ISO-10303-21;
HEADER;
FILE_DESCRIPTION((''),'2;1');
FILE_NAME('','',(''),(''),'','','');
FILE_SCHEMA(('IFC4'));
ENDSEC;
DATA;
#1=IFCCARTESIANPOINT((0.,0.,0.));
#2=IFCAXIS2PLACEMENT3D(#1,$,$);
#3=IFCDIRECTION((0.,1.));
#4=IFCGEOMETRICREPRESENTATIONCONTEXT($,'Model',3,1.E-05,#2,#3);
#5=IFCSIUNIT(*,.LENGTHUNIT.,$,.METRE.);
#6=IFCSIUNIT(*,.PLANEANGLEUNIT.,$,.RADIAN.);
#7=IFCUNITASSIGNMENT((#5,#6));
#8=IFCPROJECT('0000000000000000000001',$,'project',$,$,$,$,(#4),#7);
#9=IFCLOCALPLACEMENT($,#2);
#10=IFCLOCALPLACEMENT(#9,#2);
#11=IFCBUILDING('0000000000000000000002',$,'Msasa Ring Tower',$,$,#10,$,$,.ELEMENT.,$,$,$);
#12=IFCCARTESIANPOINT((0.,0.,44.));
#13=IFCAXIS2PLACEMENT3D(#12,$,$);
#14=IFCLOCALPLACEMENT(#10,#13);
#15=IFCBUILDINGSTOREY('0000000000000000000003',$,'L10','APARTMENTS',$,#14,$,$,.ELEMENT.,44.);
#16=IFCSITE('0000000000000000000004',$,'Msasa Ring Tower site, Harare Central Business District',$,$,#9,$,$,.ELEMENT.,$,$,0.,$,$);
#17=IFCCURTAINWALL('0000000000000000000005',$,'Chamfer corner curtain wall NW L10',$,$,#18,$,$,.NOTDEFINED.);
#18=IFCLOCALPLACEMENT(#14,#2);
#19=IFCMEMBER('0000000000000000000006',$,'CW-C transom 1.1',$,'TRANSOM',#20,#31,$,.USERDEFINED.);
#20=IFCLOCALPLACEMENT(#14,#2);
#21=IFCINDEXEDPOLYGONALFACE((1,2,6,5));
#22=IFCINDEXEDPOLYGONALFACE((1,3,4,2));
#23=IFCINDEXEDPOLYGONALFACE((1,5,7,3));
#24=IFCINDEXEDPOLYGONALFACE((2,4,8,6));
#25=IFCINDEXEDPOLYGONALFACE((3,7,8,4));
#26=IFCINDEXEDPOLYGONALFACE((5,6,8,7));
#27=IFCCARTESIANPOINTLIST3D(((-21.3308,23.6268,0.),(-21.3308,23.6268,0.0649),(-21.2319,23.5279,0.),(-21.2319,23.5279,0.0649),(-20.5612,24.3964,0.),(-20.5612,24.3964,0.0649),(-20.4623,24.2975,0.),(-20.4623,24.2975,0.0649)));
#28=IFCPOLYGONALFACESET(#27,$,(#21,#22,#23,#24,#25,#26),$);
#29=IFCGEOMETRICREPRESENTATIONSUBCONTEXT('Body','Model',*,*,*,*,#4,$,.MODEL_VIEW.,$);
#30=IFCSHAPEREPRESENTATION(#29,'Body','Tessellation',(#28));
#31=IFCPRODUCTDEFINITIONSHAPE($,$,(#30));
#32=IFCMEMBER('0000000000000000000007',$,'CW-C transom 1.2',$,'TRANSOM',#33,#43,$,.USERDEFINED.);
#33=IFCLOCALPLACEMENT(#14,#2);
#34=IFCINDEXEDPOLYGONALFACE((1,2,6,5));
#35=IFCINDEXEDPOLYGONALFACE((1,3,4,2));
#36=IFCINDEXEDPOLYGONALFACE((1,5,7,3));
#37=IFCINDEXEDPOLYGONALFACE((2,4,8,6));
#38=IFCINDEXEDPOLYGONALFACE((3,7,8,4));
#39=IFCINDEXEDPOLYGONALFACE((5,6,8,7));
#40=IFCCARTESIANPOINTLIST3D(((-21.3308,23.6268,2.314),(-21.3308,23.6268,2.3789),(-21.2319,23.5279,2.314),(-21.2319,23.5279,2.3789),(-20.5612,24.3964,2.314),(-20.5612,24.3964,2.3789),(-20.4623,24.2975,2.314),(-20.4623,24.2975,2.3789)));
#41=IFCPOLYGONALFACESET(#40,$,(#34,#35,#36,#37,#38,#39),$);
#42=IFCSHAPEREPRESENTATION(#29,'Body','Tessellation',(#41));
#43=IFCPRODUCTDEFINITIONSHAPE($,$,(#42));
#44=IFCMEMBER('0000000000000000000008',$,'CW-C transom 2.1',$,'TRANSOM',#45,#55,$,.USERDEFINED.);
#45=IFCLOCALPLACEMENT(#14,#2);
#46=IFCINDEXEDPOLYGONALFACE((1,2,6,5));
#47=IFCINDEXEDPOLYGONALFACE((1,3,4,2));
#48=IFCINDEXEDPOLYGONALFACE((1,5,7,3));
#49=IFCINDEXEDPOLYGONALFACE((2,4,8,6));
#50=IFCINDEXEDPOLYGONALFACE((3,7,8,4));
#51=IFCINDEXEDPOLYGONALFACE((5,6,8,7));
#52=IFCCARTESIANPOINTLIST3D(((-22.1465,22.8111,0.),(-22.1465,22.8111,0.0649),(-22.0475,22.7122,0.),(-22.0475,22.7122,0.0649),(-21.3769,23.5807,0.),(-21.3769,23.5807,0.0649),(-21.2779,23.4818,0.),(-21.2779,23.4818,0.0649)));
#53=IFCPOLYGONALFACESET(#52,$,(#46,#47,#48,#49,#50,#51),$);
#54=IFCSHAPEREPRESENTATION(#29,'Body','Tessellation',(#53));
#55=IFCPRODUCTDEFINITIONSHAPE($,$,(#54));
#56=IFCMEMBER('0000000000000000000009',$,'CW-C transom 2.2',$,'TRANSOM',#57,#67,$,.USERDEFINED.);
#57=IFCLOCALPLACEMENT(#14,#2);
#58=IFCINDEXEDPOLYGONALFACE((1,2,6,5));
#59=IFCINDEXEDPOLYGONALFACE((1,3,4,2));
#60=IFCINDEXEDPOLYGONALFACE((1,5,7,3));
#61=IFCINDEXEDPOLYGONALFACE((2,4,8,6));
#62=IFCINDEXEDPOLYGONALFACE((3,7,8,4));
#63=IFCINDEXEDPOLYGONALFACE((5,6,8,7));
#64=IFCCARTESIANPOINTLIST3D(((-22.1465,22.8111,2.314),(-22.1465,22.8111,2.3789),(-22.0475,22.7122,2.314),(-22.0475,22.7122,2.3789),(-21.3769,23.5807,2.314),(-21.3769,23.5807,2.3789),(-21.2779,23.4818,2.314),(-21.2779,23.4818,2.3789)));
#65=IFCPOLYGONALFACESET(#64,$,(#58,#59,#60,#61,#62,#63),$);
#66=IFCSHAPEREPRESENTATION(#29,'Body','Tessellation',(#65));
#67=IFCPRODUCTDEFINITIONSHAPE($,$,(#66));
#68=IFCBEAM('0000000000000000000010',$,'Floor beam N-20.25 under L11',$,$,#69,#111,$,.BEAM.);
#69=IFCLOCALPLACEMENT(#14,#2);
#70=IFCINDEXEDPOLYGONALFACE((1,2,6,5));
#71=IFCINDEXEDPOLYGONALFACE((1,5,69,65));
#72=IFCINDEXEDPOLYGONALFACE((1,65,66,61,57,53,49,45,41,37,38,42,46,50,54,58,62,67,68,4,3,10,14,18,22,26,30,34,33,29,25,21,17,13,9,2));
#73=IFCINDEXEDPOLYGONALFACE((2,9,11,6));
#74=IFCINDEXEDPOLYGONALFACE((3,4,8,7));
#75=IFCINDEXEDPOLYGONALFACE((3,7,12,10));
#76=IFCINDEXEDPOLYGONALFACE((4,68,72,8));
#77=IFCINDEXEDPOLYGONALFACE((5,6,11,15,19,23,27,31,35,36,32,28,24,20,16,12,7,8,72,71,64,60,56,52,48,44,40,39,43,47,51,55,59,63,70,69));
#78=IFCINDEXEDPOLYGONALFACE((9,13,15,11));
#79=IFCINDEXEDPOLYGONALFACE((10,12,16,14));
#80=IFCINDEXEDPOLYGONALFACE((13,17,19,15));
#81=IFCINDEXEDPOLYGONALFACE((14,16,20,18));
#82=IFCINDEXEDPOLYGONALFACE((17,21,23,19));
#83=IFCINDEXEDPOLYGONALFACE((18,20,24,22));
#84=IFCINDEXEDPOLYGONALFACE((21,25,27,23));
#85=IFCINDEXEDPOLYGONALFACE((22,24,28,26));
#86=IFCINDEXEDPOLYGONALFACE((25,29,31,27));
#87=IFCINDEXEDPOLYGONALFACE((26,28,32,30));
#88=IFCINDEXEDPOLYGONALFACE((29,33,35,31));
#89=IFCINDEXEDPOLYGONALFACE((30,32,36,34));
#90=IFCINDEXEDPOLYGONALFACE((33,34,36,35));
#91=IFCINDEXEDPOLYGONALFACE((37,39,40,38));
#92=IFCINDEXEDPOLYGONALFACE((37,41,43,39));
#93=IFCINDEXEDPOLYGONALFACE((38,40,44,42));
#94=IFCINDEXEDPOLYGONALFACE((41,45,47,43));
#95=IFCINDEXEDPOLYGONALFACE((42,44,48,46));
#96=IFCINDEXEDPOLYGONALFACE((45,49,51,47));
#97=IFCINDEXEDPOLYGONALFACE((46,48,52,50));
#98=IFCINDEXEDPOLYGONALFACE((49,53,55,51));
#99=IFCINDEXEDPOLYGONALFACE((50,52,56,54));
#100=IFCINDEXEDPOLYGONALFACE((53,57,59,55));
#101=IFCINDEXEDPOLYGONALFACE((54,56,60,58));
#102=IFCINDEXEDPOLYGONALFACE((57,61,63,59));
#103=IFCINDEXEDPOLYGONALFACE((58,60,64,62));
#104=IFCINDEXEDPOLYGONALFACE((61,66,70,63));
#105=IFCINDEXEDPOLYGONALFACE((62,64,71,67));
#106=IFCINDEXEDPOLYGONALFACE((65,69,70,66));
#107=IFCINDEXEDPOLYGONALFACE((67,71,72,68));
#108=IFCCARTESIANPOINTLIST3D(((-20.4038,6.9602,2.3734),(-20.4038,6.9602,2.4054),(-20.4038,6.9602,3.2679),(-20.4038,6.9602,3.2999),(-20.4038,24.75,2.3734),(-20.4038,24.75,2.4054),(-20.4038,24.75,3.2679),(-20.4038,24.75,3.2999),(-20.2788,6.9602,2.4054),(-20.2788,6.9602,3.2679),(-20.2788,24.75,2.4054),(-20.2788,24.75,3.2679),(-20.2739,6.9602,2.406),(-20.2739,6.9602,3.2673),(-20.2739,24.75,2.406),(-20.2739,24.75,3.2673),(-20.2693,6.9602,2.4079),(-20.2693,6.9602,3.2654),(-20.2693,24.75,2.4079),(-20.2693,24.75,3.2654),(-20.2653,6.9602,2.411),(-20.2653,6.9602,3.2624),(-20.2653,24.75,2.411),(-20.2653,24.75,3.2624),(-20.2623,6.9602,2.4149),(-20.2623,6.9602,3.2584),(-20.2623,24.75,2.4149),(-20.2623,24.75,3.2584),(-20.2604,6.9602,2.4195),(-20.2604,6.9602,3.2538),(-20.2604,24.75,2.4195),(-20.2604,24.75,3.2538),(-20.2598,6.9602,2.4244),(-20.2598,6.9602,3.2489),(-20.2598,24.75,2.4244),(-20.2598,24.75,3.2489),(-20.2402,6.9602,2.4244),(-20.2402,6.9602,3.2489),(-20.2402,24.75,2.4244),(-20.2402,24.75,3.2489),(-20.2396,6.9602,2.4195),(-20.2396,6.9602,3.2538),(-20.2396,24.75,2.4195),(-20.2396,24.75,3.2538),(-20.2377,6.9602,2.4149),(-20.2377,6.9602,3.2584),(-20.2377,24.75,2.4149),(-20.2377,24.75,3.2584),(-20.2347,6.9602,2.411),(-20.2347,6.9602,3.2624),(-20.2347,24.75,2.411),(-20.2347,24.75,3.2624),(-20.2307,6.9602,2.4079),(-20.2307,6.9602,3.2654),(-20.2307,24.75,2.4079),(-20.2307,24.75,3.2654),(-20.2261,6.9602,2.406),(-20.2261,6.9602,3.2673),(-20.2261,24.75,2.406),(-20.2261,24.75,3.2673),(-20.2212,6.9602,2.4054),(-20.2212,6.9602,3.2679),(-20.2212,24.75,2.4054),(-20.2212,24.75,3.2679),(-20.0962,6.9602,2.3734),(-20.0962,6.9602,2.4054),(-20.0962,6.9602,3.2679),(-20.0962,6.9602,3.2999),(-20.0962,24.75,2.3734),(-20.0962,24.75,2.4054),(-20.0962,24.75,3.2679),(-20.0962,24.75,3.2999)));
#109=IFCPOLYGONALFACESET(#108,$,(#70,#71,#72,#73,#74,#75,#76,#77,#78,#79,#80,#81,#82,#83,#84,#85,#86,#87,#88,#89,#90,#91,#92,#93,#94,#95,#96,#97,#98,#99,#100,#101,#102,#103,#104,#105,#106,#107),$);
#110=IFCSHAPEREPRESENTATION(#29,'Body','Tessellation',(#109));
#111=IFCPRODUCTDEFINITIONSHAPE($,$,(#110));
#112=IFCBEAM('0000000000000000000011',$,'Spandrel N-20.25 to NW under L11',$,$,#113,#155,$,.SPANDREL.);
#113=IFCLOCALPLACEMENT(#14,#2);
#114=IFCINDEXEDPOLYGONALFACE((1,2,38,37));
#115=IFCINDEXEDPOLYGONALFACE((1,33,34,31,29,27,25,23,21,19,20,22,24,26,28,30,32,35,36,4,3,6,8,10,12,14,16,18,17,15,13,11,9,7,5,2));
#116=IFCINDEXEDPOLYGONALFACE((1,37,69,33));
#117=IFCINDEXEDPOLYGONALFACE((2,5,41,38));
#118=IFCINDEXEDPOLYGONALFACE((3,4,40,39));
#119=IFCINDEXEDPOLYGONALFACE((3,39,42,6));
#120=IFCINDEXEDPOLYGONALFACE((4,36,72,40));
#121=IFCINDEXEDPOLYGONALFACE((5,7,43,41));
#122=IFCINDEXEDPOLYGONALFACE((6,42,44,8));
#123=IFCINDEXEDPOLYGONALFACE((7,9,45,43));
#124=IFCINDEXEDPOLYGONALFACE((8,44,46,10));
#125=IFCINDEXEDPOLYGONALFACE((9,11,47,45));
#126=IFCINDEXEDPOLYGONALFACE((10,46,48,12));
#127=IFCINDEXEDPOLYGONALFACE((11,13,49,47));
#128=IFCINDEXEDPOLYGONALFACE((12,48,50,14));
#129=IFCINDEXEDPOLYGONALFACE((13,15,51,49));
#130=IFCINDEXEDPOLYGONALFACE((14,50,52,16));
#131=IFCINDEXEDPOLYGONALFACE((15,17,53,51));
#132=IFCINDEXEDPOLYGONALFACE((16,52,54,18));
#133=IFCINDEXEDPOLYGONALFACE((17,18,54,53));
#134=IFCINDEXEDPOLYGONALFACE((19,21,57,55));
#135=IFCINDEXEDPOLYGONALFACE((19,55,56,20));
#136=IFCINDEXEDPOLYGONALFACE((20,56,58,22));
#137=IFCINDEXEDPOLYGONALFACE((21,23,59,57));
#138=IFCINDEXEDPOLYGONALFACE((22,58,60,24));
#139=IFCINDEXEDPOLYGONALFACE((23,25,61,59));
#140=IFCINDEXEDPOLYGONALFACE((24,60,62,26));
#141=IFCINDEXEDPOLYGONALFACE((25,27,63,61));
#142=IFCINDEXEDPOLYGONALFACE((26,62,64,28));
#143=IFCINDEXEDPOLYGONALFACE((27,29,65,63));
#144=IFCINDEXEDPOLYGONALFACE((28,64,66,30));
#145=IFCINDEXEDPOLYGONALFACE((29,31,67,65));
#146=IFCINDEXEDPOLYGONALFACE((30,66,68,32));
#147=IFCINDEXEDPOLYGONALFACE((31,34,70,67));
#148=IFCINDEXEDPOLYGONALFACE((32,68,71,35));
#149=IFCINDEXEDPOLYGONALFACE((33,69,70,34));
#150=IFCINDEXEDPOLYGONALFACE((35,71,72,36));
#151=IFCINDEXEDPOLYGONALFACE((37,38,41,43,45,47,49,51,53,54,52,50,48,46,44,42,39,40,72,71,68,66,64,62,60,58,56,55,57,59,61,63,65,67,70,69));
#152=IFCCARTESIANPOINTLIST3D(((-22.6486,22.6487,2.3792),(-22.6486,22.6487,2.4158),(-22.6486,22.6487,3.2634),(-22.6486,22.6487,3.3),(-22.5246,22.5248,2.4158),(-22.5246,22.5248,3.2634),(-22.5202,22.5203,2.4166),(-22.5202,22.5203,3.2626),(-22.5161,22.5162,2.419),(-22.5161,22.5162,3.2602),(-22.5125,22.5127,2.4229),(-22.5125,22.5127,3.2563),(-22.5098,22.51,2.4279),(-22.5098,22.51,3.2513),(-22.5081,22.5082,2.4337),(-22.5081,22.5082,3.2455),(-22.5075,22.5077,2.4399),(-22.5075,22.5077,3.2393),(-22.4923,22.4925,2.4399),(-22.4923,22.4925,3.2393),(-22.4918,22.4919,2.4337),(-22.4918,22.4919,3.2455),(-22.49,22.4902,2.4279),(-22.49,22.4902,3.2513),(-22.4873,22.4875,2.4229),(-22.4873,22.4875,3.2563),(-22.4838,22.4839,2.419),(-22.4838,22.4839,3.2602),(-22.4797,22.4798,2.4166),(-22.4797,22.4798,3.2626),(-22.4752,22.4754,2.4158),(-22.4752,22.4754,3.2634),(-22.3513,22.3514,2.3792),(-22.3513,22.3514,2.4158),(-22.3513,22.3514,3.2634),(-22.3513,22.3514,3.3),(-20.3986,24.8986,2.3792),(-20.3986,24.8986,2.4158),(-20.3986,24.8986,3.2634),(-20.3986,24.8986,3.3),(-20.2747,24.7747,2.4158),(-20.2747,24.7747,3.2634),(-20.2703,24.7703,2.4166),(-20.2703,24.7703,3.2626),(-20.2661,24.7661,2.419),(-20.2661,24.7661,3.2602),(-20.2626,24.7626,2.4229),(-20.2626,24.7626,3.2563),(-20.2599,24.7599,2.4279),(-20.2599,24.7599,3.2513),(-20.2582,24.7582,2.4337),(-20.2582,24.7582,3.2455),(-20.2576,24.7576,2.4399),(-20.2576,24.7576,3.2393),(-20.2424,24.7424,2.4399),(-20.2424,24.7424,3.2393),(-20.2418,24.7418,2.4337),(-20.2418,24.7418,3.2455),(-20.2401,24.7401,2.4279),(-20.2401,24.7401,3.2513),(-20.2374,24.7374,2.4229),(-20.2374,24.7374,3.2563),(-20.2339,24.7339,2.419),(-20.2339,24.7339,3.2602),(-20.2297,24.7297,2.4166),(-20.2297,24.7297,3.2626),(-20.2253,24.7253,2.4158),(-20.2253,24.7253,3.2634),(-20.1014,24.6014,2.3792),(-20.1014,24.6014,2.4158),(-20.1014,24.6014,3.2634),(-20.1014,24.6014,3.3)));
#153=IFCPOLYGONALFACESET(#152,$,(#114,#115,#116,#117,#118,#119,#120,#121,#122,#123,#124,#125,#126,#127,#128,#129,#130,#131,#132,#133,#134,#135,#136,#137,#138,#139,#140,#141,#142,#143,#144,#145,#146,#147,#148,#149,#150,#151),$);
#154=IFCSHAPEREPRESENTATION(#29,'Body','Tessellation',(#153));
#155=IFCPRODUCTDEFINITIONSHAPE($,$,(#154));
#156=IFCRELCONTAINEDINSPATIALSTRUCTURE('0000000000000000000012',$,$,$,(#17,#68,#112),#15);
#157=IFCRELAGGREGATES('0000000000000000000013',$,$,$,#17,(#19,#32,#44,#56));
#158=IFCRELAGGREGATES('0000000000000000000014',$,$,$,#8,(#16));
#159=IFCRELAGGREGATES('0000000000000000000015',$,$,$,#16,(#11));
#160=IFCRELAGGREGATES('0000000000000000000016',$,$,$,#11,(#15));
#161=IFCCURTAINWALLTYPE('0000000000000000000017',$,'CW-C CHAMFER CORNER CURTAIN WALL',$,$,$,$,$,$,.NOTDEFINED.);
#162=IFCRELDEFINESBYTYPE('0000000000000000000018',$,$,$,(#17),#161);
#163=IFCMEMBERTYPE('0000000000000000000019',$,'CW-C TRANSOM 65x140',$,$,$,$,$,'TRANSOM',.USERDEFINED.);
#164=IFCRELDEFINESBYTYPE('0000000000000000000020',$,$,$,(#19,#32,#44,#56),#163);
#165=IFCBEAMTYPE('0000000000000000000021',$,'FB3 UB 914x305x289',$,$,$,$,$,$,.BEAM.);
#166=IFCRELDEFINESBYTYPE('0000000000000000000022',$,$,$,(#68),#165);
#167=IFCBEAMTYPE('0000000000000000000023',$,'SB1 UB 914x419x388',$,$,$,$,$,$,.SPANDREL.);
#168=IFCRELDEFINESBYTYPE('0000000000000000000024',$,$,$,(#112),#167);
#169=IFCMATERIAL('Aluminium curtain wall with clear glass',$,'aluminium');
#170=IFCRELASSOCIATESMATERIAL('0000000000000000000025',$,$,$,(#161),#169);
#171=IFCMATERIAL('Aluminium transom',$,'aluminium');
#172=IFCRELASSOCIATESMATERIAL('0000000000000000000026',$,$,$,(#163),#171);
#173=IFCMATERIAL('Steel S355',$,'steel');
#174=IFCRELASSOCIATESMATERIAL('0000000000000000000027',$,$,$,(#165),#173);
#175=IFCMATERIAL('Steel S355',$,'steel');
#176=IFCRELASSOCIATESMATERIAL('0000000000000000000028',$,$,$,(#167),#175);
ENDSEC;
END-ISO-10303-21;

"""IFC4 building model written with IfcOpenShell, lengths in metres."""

from ifc_helpers import new_model, si_unit, direction, frame, origin, origin_2d, place, context, subcontext, project, spatial, rectangle, i_section, extrude, material, material_profile, profile_set, type_object, element, aggregate, save


model = new_model("IFC4")

# Units and contexts
model_context = context("Model", 3, precision=1e-05, world=origin(), true_north=direction((0.0, 1.0)))
body_context = subcontext(model_context, "Body", "Model", "MODEL_VIEW")
ifc_project = project(units=[si_unit("LENGTHUNIT", "METRE"), si_unit("PLANEANGLEUNIT", "RADIAN")], contexts=[model_context])

# Site, building, storey
site_placement = place(None, origin())
site = spatial("IfcSite", under=ifc_project, at=site_placement, Name="Msasa Ring Tower site, Harare Central Business District", CompositionType="ELEMENT", RefElevation=0.0)
building_placement = place(site_placement, origin())
building = spatial("IfcBuilding", under=site, at=building_placement, Name="Msasa Ring Tower", CompositionType="ELEMENT")
storey_placement = place(building_placement, frame((0.0, 0.0, 44.0)))
storey = spatial("IfcBuildingStorey", under=building, at=storey_placement, Name="L10", Description="APARTMENTS", CompositionType="ELEMENT", Elevation=44.0)

# Curtain wall
ifc_material_1 = material(Name="Aluminium curtain wall with clear glass", Category="aluminium")
curtain_wall_type = type_object("IfcCurtainWallType", Name="CW-C CHAMFER CORNER CURTAIN WALL", PredefinedType="NOTDEFINED", material=ifc_material_1)
curtain_wall_1_placement = place(storey_placement, origin())
curtain_wall_1 = element("IfcCurtainWall", 1, at=curtain_wall_1_placement, inside=storey, type_object=curtain_wall_type, Name="Chamfer corner curtain wall NW L10", PredefinedType="NOTDEFINED")

# Members
ifc_material_2 = material(Name="Aluminium transom", Category="aluminium")
ifc_material_profile_1 = material_profile(ifc_material_2, rectangle(XDim=0.1399, YDim=0.0649, at=origin_2d()), Name="AL 65x140")
ifc_profile_set_1 = profile_set([ifc_material_profile_1], Name="Aluminium transom")
member_type_1 = type_object("IfcMemberType", Name="CW-C TRANSOM 65x140", ElementType="TRANSOM", PredefinedType="USERDEFINED", material=ifc_profile_set_1)
member_1_placement = place(storey_placement, frame((-20.5117, 24.3469, 0.0325), z_axis=(-0.707107, -0.707107, 0.0), x_axis=(0.707107, -0.707107, 0.0)))
member_1 = element("IfcMember", 2, at=member_1_placement, type_object=member_type_1, Name="CW-C transom 1.1", ObjectType="TRANSOM", PredefinedType="USERDEFINED", context=body_context, shape_type="SweptSolid", body=[
    extrude(rectangle(XDim=0.1399, YDim=0.0649, at=origin_2d()), origin(), (0.0, 0.0, 1.0), 1.0884),
])
member_2_placement = place(storey_placement, frame((-20.5117, 24.3469, 2.3464), z_axis=(-0.707107, -0.707107, 0.0), x_axis=(0.707107, -0.707107, 0.0)))
member_2 = element("IfcMember", 3, at=member_2_placement, type_object=member_type_1, Name="CW-C transom 1.2", ObjectType="TRANSOM", PredefinedType="USERDEFINED", context=body_context, shape_type="SweptSolid", body=[
    extrude(rectangle(XDim=0.1399, YDim=0.0649, at=origin_2d()), origin(), (0.0, 0.0, 1.0), 1.0884),
])
member_3_placement = place(storey_placement, frame((-21.3274, 23.5312, 0.0325), z_axis=(-0.707107, -0.707107, 0.0), x_axis=(0.707107, -0.707107, 0.0)))
member_3 = element("IfcMember", 4, at=member_3_placement, type_object=member_type_1, Name="CW-C transom 2.1", ObjectType="TRANSOM", PredefinedType="USERDEFINED", context=body_context, shape_type="SweptSolid", body=[
    extrude(rectangle(XDim=0.1399, YDim=0.0649, at=origin_2d()), origin(), (0.0, 0.0, 1.0), 1.0884),
])
member_4_placement = place(storey_placement, frame((-21.3274, 23.5312, 2.3464), z_axis=(-0.707107, -0.707107, 0.0), x_axis=(0.707107, -0.707107, 0.0)))
member_4 = element("IfcMember", 5, at=member_4_placement, type_object=member_type_1, Name="CW-C transom 2.2", ObjectType="TRANSOM", PredefinedType="USERDEFINED", context=body_context, shape_type="SweptSolid", body=[
    extrude(rectangle(XDim=0.1399, YDim=0.0649, at=origin_2d()), origin(), (0.0, 0.0, 1.0), 1.0884),
])

# Beams
ifc_material_3 = material(Name="Steel S355", Category="steel")
ifc_material_profile_2 = material_profile(ifc_material_3, i_section(OverallWidth=0.3076, OverallDepth=0.9265, WebThickness=0.0195, FlangeThickness=0.032, FilletRadius=0.019, at=origin_2d()), Name="UB 914x305x289")
ifc_profile_set_2 = profile_set([ifc_material_profile_2], Name="Steel S355")
beam_type_1 = type_object("IfcBeamType", Name="FB3 UB 914x305x289", PredefinedType="BEAM", material=ifc_profile_set_2)
beam_placement = place(storey_placement, frame((-20.25, 24.75, 2.8367), z_axis=(0.0, -1.0, 0.0), x_axis=(1.0, 0.0, 0.0)))
element("IfcBeam", 6, at=beam_placement, inside=storey, type_object=beam_type_1, Name="Floor beam N-20.25 under L11", PredefinedType="BEAM", context=body_context, shape_type="SweptSolid", body=[
    extrude(i_section(OverallWidth=0.3076, OverallDepth=0.9265, WebThickness=0.0195, FlangeThickness=0.032, FilletRadius=0.019, at=origin_2d()), origin(), (0.0, 0.0, 1.0), 17.7898),
])
ifc_material_4 = material(Name="Steel S355", Category="steel")
ifc_material_profile_3 = material_profile(ifc_material_4, i_section(OverallWidth=0.4204, OverallDepth=0.9209, WebThickness=0.0215, FlangeThickness=0.0366, FilletRadius=0.0242, at=origin_2d()), Name="UB 914x419x388")
ifc_profile_set_3 = profile_set([ifc_material_profile_3], Name="Steel S355")
beam_type_2 = type_object("IfcBeamType", Name="SB1 UB 914x419x388", PredefinedType="SPANDREL", material=ifc_profile_set_3)
for number, where, z_axis, x_axis, name in (
    (7, (-20.25, 24.75, 2.8396), (-0.707107, -0.707107, 0.0), (0.707107, -0.707107, 0.0), "Spandrel N-20.25 to NW under L11"),
):
    element("IfcBeam", number, at=place(storey_placement, frame(where, z_axis=z_axis, x_axis=x_axis)), inside=storey, type_object=beam_type_2, Name=name, PredefinedType="SPANDREL", context=body_context, shape_type="SweptSolid", body=[
        extrude(i_section(OverallWidth=0.4204, OverallDepth=0.9209, WebThickness=0.0215, FlangeThickness=0.0366, FilletRadius=0.0242, at=origin_2d()), origin(), (0.0, 0.0, 1.0), 3.1819),
    ])

aggregate(curtain_wall_1, [member_1, member_2, member_3, member_4])

save(model, "model.ifc")
